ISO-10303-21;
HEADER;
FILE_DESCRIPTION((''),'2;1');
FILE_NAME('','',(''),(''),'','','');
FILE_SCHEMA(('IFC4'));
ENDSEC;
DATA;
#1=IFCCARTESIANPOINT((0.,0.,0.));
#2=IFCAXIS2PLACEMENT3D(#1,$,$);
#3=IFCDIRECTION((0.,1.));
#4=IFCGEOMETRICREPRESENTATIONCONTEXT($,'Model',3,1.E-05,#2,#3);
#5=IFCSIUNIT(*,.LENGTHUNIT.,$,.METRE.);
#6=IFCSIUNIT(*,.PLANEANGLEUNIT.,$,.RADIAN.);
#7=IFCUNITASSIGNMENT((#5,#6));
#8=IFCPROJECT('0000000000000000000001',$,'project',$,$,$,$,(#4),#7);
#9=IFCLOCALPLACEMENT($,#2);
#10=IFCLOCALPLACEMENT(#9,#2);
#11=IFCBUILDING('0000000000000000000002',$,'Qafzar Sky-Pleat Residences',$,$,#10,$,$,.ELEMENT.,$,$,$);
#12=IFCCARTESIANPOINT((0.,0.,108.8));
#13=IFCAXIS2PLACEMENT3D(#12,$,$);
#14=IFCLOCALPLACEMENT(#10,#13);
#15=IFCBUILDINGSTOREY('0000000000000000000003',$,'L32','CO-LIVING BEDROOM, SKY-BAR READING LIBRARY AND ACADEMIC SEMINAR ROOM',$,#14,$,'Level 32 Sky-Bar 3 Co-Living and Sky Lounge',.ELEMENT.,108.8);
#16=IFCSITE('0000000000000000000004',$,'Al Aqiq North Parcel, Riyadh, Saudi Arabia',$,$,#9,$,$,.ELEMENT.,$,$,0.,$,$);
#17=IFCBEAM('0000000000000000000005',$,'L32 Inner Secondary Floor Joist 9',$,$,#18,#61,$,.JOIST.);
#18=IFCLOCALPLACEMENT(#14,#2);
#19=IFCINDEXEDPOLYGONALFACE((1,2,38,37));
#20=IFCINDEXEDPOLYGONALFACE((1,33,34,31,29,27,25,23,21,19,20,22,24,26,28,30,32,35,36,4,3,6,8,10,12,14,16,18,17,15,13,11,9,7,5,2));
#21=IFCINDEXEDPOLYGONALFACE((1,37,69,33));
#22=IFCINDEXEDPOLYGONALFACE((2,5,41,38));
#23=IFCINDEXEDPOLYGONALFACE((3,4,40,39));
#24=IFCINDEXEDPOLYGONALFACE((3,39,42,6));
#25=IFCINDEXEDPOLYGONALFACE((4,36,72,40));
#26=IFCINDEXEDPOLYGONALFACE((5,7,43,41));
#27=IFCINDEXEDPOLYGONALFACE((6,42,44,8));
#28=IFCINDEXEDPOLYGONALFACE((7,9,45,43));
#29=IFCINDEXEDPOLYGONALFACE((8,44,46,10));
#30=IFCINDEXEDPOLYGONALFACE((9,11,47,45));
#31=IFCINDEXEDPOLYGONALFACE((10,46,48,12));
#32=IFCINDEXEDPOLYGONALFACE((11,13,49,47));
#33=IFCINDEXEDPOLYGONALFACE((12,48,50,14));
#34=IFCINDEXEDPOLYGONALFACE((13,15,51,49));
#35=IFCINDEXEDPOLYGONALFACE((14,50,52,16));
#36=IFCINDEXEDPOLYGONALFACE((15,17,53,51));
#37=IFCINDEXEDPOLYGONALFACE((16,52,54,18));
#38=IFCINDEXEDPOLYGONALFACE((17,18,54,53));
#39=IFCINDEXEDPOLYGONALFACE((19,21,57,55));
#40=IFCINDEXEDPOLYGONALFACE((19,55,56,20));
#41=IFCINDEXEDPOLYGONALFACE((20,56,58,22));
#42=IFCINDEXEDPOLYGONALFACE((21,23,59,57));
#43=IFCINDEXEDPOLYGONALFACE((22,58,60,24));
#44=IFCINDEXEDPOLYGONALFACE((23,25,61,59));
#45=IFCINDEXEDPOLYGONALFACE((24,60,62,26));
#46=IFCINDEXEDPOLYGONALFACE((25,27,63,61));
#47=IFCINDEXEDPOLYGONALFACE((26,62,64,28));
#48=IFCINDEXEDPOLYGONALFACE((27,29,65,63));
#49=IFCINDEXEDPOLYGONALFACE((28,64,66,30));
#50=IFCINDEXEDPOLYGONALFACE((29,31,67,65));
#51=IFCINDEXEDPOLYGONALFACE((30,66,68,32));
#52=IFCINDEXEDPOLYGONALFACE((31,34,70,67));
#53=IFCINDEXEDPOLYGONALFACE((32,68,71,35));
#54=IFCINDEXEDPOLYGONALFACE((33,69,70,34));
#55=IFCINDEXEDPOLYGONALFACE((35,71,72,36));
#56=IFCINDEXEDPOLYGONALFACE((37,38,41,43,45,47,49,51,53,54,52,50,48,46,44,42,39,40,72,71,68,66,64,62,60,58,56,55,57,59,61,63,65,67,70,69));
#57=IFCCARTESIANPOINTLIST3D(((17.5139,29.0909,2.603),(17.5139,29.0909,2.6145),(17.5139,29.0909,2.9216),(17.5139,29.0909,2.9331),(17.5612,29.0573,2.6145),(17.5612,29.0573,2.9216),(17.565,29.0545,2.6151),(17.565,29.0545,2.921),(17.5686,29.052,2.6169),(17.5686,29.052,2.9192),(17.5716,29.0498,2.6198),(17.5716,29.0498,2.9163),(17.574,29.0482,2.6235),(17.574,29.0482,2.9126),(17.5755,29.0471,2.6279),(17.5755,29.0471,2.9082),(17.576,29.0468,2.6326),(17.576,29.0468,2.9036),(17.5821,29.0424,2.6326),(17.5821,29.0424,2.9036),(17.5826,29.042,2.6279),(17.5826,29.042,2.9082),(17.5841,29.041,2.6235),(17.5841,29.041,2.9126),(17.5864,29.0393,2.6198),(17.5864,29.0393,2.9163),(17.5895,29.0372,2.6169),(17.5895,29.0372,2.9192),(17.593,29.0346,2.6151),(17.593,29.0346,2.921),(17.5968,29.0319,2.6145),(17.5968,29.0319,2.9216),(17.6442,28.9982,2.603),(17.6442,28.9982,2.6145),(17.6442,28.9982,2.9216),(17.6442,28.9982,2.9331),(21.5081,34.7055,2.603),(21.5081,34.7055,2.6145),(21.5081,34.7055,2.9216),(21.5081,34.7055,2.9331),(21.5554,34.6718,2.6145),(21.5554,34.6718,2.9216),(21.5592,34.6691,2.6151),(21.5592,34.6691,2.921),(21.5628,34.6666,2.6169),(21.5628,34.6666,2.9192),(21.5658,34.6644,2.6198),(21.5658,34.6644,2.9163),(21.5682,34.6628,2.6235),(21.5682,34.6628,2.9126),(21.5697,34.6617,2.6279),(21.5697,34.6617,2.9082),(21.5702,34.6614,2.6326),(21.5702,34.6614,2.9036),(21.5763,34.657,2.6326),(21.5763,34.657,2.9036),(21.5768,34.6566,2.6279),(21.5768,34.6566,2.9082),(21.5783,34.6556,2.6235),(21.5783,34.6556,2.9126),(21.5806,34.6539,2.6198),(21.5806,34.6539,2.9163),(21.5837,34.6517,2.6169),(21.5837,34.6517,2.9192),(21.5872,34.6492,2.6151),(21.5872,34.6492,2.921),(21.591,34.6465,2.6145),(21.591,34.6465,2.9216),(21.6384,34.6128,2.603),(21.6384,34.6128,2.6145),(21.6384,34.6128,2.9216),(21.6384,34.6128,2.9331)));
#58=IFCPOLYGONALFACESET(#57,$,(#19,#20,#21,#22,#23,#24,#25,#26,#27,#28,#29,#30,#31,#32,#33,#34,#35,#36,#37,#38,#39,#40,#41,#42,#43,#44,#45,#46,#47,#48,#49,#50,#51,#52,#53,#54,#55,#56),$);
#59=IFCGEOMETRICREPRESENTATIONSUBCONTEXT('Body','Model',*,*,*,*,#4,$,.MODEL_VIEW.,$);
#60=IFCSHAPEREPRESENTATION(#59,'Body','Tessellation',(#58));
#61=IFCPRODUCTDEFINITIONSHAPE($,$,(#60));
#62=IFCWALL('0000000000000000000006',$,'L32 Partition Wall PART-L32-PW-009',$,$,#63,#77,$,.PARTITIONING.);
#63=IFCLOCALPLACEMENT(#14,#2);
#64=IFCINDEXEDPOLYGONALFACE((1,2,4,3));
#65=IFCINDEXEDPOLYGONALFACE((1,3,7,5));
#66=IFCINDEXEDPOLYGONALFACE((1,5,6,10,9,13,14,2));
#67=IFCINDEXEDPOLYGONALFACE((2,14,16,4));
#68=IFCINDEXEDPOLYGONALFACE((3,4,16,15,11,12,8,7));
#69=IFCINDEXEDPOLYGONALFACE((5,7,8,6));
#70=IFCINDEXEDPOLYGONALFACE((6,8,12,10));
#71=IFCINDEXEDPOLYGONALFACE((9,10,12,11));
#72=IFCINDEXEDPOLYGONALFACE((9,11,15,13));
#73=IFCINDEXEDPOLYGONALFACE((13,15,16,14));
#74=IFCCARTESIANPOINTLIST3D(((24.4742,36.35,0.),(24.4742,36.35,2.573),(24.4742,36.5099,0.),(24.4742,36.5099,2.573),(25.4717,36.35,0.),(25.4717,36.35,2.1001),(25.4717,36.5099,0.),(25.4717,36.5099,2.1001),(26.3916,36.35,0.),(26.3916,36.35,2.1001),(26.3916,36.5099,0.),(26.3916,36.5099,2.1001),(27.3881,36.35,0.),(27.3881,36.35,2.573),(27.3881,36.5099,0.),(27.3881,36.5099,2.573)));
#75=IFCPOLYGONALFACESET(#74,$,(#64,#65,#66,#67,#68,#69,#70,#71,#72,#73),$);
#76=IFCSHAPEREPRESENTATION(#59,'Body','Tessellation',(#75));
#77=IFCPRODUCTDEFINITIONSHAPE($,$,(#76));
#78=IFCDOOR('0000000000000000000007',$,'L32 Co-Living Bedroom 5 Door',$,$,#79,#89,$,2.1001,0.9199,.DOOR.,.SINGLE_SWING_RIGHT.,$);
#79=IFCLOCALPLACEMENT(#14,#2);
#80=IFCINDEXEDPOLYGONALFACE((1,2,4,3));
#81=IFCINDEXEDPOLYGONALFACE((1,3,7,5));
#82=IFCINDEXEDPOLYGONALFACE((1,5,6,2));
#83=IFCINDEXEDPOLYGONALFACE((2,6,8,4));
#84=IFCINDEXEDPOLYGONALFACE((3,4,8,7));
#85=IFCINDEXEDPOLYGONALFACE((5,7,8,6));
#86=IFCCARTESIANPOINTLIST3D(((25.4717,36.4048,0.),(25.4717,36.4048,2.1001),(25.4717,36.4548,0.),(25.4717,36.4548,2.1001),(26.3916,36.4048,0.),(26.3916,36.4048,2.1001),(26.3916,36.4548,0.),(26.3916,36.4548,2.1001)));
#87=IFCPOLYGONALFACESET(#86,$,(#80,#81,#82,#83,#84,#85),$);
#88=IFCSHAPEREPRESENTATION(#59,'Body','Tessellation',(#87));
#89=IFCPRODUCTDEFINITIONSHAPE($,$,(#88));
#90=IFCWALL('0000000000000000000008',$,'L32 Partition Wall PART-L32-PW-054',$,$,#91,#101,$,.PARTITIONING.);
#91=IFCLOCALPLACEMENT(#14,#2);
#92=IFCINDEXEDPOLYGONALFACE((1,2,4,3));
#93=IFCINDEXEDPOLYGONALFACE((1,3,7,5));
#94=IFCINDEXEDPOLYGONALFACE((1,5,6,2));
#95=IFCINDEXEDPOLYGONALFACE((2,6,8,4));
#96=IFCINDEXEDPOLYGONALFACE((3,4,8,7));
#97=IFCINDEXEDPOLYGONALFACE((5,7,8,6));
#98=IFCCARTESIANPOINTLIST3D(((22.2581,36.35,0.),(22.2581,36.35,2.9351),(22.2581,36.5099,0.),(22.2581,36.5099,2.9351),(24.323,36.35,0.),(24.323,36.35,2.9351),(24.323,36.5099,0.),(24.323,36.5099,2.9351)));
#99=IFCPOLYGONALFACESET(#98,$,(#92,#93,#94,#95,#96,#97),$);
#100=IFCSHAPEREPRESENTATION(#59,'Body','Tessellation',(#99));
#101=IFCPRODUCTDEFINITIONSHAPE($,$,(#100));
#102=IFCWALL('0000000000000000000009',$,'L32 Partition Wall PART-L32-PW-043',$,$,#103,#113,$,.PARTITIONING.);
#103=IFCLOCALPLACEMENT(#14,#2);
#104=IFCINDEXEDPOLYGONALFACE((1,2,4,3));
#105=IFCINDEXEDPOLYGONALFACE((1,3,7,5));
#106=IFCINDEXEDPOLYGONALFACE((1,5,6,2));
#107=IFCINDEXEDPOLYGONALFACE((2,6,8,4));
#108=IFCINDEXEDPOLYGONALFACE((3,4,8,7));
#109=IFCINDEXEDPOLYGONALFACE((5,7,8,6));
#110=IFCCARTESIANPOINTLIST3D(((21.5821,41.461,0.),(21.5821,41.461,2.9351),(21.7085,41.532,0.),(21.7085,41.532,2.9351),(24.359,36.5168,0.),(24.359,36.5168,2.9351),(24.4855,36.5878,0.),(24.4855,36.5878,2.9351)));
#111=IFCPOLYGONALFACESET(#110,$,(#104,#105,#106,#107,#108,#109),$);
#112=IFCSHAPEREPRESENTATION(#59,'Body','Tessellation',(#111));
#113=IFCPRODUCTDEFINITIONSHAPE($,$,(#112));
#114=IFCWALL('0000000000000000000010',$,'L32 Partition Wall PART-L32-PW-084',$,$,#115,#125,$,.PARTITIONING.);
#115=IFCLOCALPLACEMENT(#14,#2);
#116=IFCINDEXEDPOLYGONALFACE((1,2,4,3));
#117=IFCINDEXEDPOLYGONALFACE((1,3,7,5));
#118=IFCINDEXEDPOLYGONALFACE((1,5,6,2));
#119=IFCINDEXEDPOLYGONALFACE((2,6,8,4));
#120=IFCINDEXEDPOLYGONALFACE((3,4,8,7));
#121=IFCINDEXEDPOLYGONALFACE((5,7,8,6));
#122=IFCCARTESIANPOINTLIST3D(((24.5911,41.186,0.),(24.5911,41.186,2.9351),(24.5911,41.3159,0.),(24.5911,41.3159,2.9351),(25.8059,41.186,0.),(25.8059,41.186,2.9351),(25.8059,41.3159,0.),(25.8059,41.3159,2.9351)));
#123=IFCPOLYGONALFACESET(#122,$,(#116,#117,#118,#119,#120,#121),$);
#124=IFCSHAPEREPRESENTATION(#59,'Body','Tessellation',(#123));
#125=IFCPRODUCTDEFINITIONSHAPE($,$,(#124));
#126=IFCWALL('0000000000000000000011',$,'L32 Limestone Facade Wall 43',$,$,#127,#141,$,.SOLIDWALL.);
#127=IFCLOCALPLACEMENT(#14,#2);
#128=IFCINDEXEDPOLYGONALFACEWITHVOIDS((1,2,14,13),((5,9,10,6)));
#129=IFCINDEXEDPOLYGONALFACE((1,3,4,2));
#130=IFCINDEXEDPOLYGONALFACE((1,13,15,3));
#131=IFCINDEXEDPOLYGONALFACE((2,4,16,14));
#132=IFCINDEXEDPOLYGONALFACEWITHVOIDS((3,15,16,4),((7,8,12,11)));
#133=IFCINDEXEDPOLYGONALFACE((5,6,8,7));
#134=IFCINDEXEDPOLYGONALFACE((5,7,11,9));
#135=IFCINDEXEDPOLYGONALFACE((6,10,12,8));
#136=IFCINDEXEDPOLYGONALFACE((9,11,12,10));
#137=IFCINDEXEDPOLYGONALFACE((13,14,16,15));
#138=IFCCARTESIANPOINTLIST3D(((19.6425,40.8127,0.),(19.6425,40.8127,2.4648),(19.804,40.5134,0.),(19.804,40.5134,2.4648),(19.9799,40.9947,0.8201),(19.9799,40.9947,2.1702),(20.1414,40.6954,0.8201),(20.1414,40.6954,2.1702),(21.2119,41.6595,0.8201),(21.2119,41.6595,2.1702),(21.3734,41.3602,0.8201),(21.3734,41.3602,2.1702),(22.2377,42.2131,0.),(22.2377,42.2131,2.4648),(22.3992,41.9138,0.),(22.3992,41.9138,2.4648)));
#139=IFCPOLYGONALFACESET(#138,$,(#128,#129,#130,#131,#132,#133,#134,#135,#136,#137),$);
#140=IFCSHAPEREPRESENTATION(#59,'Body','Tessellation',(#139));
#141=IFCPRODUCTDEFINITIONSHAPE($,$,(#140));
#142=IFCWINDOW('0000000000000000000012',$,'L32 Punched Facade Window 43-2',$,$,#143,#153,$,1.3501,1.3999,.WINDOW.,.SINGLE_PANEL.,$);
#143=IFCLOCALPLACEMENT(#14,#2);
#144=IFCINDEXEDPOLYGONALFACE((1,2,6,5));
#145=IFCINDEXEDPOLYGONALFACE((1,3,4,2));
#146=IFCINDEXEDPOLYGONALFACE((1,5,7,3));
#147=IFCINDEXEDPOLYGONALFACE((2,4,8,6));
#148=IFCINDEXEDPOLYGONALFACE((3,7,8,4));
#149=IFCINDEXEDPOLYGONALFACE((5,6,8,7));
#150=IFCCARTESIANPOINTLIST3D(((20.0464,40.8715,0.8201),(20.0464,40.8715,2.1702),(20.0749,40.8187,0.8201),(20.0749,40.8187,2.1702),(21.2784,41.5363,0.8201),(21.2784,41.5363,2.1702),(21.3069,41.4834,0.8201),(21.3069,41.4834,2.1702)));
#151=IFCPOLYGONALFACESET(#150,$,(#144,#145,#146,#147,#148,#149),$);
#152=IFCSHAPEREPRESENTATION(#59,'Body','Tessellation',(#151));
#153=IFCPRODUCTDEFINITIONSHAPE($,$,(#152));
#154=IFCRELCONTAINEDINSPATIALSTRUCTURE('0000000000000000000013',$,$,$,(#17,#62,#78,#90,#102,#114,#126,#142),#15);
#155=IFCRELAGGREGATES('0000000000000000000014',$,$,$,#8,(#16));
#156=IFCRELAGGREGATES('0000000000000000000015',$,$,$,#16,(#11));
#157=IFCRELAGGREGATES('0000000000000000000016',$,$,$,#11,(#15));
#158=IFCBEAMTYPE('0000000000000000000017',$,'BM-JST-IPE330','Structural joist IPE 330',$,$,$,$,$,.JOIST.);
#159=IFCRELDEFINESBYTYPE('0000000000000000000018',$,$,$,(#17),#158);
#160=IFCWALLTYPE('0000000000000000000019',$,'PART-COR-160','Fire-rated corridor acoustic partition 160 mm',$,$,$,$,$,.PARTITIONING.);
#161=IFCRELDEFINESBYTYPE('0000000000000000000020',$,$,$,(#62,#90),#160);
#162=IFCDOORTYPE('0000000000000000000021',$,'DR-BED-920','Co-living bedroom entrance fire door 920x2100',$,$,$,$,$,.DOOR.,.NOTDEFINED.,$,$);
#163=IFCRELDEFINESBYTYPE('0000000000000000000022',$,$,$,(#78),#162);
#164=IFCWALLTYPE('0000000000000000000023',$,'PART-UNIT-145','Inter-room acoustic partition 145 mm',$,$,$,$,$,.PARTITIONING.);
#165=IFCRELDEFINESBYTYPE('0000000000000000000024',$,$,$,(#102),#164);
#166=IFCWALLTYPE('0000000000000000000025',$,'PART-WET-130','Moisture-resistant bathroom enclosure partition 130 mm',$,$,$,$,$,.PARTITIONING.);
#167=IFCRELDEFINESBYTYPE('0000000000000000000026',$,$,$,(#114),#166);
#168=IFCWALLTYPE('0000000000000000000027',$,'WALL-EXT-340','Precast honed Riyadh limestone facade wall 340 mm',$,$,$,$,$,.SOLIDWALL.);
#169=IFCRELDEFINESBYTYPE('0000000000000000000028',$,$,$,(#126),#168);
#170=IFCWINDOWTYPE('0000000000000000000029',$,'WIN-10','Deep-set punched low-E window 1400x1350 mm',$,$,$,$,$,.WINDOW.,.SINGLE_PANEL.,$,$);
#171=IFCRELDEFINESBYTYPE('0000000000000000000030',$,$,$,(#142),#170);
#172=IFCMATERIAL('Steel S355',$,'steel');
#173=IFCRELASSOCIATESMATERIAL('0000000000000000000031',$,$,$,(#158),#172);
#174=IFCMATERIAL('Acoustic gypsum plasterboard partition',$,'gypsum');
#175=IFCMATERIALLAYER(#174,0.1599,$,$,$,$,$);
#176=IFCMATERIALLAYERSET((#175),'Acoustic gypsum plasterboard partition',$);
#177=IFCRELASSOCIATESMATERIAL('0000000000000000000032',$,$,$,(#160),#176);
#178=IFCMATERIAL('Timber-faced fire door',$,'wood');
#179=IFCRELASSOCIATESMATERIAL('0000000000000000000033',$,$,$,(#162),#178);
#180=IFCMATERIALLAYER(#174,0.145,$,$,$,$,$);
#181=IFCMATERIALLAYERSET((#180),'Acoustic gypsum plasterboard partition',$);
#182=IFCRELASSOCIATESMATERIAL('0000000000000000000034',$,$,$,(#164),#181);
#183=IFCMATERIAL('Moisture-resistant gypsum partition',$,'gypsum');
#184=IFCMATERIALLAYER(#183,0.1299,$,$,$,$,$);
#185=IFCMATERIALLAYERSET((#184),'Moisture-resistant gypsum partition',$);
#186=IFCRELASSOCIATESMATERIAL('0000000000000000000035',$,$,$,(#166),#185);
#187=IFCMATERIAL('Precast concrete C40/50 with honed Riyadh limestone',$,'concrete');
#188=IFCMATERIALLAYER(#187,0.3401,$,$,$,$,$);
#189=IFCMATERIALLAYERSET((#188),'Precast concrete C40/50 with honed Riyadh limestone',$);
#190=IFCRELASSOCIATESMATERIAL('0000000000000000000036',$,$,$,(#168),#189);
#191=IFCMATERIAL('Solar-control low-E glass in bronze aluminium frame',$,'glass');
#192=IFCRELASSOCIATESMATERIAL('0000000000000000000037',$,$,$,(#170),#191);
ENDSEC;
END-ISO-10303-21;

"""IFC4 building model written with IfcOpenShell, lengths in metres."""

from ifc_helpers import new_model, si_unit, direction, frame, frame_2d, origin, origin_2d, place, context, subcontext, project, spatial, rectangle, i_section, extrude, source, transform, mapped, material, layer, layer_set, material_profile, profile_set, type_object, element, fill, save


model = new_model("IFC4")

# Units and contexts
model_context = context("Model", 3, precision=1e-05, world=origin(), true_north=direction((0.0, 1.0)))
body_context = subcontext(model_context, "Body", "Model", "MODEL_VIEW")
ifc_project = project(units=[si_unit("LENGTHUNIT", "METRE"), si_unit("PLANEANGLEUNIT", "RADIAN")], contexts=[model_context])

# Site, building, storey
site_placement = place(None, origin())
site = spatial("IfcSite", under=ifc_project, at=site_placement, Name="Al Aqiq North Parcel, Riyadh, Saudi Arabia", CompositionType="ELEMENT", RefElevation=0.0)
building_placement = place(site_placement, origin())
building = spatial("IfcBuilding", under=site, at=building_placement, Name="Qafzar Sky-Pleat Residences", CompositionType="ELEMENT")
storey_placement = place(building_placement, frame((0.0, 0.0, 108.8)))
storey = spatial("IfcBuildingStorey", under=building, at=storey_placement, Name="L32", Description="CO-LIVING BEDROOM, SKY-BAR READING LIBRARY AND ACADEMIC SEMINAR ROOM", LongName="Level 32 Sky-Bar 3 Co-Living and Sky Lounge", CompositionType="ELEMENT", Elevation=108.8)

# Beam
ifc_material_1 = material(Name="Steel S355", Category="steel")
ifc_material_profile_1 = material_profile(ifc_material_1, i_section(OverallWidth=0.1599, OverallDepth=0.3301, WebThickness=0.0076, FlangeThickness=0.0115, FilletRadius=0.0181, at=origin_2d()), Name="IPE 330")
ifc_profile_set_1 = profile_set([ifc_material_profile_1], Name="Steel S355")
beam_type_1 = type_object("IfcBeamType", Name="BM-JST-IPE330", Description="Structural joist IPE 330", PredefinedType="JOIST", material=ifc_profile_set_1)
shared_shape_1 = source(origin(), body_context, "Body", "SweptSolid", [
    extrude(i_section(OverallWidth=0.1599, OverallDepth=0.3301, WebThickness=0.0076, FlangeThickness=0.0115, FilletRadius=0.0181, at=origin_2d()), origin(), (0.0, 0.0, 1.0), 6.8904),
])
beam_1_placement = place(storey_placement, frame((21.5732, 34.6592, 2.7681), z_axis=(-0.579679, -0.814845, 0.0), x_axis=(0.814845, -0.579679, 0.0)))
element("IfcBeam", 1, at=beam_1_placement, inside=storey, type_object=beam_type_1, Name="L32 Inner Secondary Floor Joist 9", PredefinedType="JOIST", context=body_context, shape_type="MappedRepresentation", body=[
    mapped(shared_shape_1, transform((0.0, 0.0, 0.0), x_axis=(1.0, 0.0, 0.0), y_axis=(0.0, 1.0, 0.0), z_axis=(0.0, 0.0, 1.0), scale=1.0)),
])

# Wall, opening, door
ifc_material_2 = material(Name="Acoustic gypsum plasterboard partition", Category="gypsum")
ifc_layer_1 = layer(ifc_material_2, 0.1599)
ifc_layer_set_1 = layer_set([ifc_layer_1], Name="Acoustic gypsum plasterboard partition")
wall_type_1 = type_object("IfcWallType", Name="PART-COR-160", Description="Fire-rated corridor acoustic partition 160 mm", PredefinedType="PARTITIONING", material=ifc_layer_set_1)
wall_1_placement = place(storey_placement, frame((24.4741, 36.4299, 0.0), z_axis=(0.0, 0.0, 1.0), x_axis=(1.0, 0.0, 0.0)))
wall_1 = element("IfcWall", 2, at=wall_1_placement, inside=storey, type_object=wall_type_1, Name="L32 Partition Wall PART-L32-PW-009", PredefinedType="PARTITIONING", context=body_context, shape_type="SweptSolid", body=[
    extrude(rectangle(XDim=2.9138, YDim=0.1599, at=frame_2d((1.457, 0.0))), origin(), (0.0, 0.0, 1.0), 2.573),
])
opening_1_placement = place(wall_1_placement, frame((0.9976, 0.0, 0.0)))
opening_1 = element("IfcOpeningElement", 3, at=opening_1_placement, cuts=wall_1, PredefinedType="OPENING", context=body_context, shape_type="SweptSolid", body=[
    extrude(rectangle(XDim=0.9199, YDim=2.1001, at=frame_2d((0.46, 1.05))), frame((0.0, 0.0898, 0.0), z_axis=(0.0, -1.0, 0.0), x_axis=(1.0, 0.0, 0.0)), (0.0, 0.0, 1.0), 0.1799),
])
ifc_material_3 = material(Name="Timber-faced fire door", Category="wood")
door_type_1 = type_object("IfcDoorType", Name="DR-BED-920", Description="Co-living bedroom entrance fire door 920x2100", OperationType="NOTDEFINED", PredefinedType="DOOR", material=ifc_material_3)
shared_shape_2 = source(origin(), body_context, "Body", "SweptSolid", [
    extrude(rectangle(XDim=0.9199, YDim=2.1001, at=frame_2d((0.46, 1.05))), frame((0.0, 0.0249, 0.0), z_axis=(0.0, -1.0, 0.0), x_axis=(1.0, 0.0, 0.0)), (0.0, 0.0, 1.0), 0.05),
])
door_1_placement = place(opening_1_placement, origin())
door_1 = element("IfcDoor", 4, at=door_1_placement, inside=storey, type_object=door_type_1, Name="L32 Co-Living Bedroom 5 Door", OperationType="SINGLE_SWING_RIGHT", OverallHeight=2.1001, OverallWidth=0.9199, PredefinedType="DOOR", context=body_context, shape_type="MappedRepresentation", body=[
    mapped(shared_shape_2, transform((0.0, 0.0, 0.0), x_axis=(1.0, 0.0, 0.0), y_axis=(0.0, 1.0, 0.0), z_axis=(0.0, 0.0, 1.0), scale=1.0)),
])
fill(opening_1, door_1)

# Walls
wall_2_placement = place(storey_placement, frame((22.2581, 36.4299, 0.0), z_axis=(0.0, 0.0, 1.0), x_axis=(1.0, 0.0, 0.0)))
element("IfcWall", 5, at=wall_2_placement, inside=storey, type_object=wall_type_1, Name="L32 Partition Wall PART-L32-PW-054", PredefinedType="PARTITIONING", context=body_context, shape_type="SweptSolid", body=[
    extrude(rectangle(XDim=2.0649, YDim=0.1599, at=frame_2d((1.0325, 0.0))), origin(), (0.0, 0.0, 1.0), 2.9351),
])
ifc_layer_2 = layer(ifc_material_2, 0.145)
ifc_layer_set_2 = layer_set([ifc_layer_2], Name="Acoustic gypsum plasterboard partition")
wall_type_2 = type_object("IfcWallType", Name="PART-UNIT-145", Description="Inter-room acoustic partition 145 mm", PredefinedType="PARTITIONING", material=ifc_layer_set_2)
wall_3_placement = place(storey_placement, frame((21.6453, 41.4966, 0.0), z_axis=(0.0, 0.0, 1.0), x_axis=(0.489699, -0.871892, 0.0)))
element("IfcWall", 6, at=wall_3_placement, inside=storey, type_object=wall_type_2, Name="L32 Partition Wall PART-L32-PW-043", PredefinedType="PARTITIONING", context=body_context, shape_type="SweptSolid", body=[
    extrude(rectangle(XDim=5.6707, YDim=0.145, at=frame_2d((2.8354, 0.0))), origin(), (0.0, 0.0, 1.0), 2.9351),
])
ifc_material_4 = material(Name="Moisture-resistant gypsum partition", Category="gypsum")
ifc_layer_3 = layer(ifc_material_4, 0.1299)
ifc_layer_set_3 = layer_set([ifc_layer_3], Name="Moisture-resistant gypsum partition")
wall_type_3 = type_object("IfcWallType", Name="PART-WET-130", Description="Moisture-resistant bathroom enclosure partition 130 mm", PredefinedType="PARTITIONING", material=ifc_layer_set_3)
wall_4_placement = place(storey_placement, frame((24.5911, 41.251, 0.0), z_axis=(0.0, 0.0, 1.0), x_axis=(1.0, 0.0, 0.0)))
element("IfcWall", 7, at=wall_4_placement, inside=storey, type_object=wall_type_3, Name="L32 Partition Wall PART-L32-PW-084", PredefinedType="PARTITIONING", context=body_context, shape_type="SweptSolid", body=[
    extrude(rectangle(XDim=1.2148, YDim=0.1299, at=frame_2d((0.6074, 0.0))), origin(), (0.0, 0.0, 1.0), 2.9351),
])

# Wall, opening, window
ifc_material_5 = material(Name="Precast concrete C40/50 with honed Riyadh limestone", Category="concrete")
ifc_layer_4 = layer(ifc_material_5, 0.3401)
ifc_layer_set_4 = layer_set([ifc_layer_4], Name="Precast concrete C40/50 with honed Riyadh limestone")
wall_type_4 = type_object("IfcWallType", Name="WALL-EXT-340", Description="Precast honed Riyadh limestone facade wall 340 mm", PredefinedType="SOLIDWALL", material=ifc_layer_set_4)
wall_5_placement = place(storey_placement, frame((22.3186, 42.0635, 0.0), z_axis=(0.0, 0.0, 1.0), x_axis=(-0.880051, -0.47488, 0.0)))
wall_5 = element("IfcWall", 8, at=wall_5_placement, inside=storey, type_object=wall_type_4, Name="L32 Limestone Facade Wall 43", PredefinedType="SOLIDWALL", context=body_context, shape_type="SweptSolid", body=[
    extrude(rectangle(XDim=2.949, YDim=0.3401, at=frame_2d((1.4746, 0.0))), origin(), (0.0, 0.0, 1.0), 2.4648),
])
opening_2_placement = place(wall_5_placement, frame((1.1658, 0.0, 0.8201)))
opening_2 = element("IfcOpeningElement", 9, at=opening_2_placement, cuts=wall_5, PredefinedType="OPENING", context=body_context, shape_type="SweptSolid", body=[
    extrude(rectangle(XDim=1.3999, YDim=1.3501, at=frame_2d((0.7, 0.675))), frame((0.0, 0.1802, 0.0), z_axis=(0.0, -1.0, 0.0), x_axis=(1.0, 0.0, 0.0)), (0.0, 0.0, 1.0), 0.3601),
])
ifc_material_6 = material(Name="Solar-control low-E glass in bronze aluminium frame", Category="glass")
window_type = type_object("IfcWindowType", Name="WIN-10", Description="Deep-set punched low-E window 1400x1350 mm", PartitioningType="SINGLE_PANEL", PredefinedType="WINDOW", material=ifc_material_6)
shared_shape_3 = source(origin(), body_context, "Body", "SweptSolid", [
    extrude(rectangle(XDim=1.3999, YDim=1.3501, at=frame_2d((0.7, 0.675))), frame((0.0, 0.03, 0.0), z_axis=(0.0, -1.0, 0.0), x_axis=(1.0, 0.0, 0.0)), (0.0, 0.0, 1.0), 0.0601),
])
window_1_placement = place(opening_2_placement, origin())
window_1 = element("IfcWindow", 10, at=window_1_placement, inside=storey, type_object=window_type, Name="L32 Punched Facade Window 43-2", OverallHeight=1.3501, OverallWidth=1.3999, PartitioningType="SINGLE_PANEL", PredefinedType="WINDOW", context=body_context, shape_type="MappedRepresentation", body=[
    mapped(shared_shape_3, transform((0.0, 0.0, 0.0), x_axis=(1.0, 0.0, 0.0), y_axis=(0.0, 1.0, 0.0), z_axis=(0.0, 0.0, 1.0), scale=1.0)),
])
fill(opening_2, window_1)

save(model, "model.ifc")
